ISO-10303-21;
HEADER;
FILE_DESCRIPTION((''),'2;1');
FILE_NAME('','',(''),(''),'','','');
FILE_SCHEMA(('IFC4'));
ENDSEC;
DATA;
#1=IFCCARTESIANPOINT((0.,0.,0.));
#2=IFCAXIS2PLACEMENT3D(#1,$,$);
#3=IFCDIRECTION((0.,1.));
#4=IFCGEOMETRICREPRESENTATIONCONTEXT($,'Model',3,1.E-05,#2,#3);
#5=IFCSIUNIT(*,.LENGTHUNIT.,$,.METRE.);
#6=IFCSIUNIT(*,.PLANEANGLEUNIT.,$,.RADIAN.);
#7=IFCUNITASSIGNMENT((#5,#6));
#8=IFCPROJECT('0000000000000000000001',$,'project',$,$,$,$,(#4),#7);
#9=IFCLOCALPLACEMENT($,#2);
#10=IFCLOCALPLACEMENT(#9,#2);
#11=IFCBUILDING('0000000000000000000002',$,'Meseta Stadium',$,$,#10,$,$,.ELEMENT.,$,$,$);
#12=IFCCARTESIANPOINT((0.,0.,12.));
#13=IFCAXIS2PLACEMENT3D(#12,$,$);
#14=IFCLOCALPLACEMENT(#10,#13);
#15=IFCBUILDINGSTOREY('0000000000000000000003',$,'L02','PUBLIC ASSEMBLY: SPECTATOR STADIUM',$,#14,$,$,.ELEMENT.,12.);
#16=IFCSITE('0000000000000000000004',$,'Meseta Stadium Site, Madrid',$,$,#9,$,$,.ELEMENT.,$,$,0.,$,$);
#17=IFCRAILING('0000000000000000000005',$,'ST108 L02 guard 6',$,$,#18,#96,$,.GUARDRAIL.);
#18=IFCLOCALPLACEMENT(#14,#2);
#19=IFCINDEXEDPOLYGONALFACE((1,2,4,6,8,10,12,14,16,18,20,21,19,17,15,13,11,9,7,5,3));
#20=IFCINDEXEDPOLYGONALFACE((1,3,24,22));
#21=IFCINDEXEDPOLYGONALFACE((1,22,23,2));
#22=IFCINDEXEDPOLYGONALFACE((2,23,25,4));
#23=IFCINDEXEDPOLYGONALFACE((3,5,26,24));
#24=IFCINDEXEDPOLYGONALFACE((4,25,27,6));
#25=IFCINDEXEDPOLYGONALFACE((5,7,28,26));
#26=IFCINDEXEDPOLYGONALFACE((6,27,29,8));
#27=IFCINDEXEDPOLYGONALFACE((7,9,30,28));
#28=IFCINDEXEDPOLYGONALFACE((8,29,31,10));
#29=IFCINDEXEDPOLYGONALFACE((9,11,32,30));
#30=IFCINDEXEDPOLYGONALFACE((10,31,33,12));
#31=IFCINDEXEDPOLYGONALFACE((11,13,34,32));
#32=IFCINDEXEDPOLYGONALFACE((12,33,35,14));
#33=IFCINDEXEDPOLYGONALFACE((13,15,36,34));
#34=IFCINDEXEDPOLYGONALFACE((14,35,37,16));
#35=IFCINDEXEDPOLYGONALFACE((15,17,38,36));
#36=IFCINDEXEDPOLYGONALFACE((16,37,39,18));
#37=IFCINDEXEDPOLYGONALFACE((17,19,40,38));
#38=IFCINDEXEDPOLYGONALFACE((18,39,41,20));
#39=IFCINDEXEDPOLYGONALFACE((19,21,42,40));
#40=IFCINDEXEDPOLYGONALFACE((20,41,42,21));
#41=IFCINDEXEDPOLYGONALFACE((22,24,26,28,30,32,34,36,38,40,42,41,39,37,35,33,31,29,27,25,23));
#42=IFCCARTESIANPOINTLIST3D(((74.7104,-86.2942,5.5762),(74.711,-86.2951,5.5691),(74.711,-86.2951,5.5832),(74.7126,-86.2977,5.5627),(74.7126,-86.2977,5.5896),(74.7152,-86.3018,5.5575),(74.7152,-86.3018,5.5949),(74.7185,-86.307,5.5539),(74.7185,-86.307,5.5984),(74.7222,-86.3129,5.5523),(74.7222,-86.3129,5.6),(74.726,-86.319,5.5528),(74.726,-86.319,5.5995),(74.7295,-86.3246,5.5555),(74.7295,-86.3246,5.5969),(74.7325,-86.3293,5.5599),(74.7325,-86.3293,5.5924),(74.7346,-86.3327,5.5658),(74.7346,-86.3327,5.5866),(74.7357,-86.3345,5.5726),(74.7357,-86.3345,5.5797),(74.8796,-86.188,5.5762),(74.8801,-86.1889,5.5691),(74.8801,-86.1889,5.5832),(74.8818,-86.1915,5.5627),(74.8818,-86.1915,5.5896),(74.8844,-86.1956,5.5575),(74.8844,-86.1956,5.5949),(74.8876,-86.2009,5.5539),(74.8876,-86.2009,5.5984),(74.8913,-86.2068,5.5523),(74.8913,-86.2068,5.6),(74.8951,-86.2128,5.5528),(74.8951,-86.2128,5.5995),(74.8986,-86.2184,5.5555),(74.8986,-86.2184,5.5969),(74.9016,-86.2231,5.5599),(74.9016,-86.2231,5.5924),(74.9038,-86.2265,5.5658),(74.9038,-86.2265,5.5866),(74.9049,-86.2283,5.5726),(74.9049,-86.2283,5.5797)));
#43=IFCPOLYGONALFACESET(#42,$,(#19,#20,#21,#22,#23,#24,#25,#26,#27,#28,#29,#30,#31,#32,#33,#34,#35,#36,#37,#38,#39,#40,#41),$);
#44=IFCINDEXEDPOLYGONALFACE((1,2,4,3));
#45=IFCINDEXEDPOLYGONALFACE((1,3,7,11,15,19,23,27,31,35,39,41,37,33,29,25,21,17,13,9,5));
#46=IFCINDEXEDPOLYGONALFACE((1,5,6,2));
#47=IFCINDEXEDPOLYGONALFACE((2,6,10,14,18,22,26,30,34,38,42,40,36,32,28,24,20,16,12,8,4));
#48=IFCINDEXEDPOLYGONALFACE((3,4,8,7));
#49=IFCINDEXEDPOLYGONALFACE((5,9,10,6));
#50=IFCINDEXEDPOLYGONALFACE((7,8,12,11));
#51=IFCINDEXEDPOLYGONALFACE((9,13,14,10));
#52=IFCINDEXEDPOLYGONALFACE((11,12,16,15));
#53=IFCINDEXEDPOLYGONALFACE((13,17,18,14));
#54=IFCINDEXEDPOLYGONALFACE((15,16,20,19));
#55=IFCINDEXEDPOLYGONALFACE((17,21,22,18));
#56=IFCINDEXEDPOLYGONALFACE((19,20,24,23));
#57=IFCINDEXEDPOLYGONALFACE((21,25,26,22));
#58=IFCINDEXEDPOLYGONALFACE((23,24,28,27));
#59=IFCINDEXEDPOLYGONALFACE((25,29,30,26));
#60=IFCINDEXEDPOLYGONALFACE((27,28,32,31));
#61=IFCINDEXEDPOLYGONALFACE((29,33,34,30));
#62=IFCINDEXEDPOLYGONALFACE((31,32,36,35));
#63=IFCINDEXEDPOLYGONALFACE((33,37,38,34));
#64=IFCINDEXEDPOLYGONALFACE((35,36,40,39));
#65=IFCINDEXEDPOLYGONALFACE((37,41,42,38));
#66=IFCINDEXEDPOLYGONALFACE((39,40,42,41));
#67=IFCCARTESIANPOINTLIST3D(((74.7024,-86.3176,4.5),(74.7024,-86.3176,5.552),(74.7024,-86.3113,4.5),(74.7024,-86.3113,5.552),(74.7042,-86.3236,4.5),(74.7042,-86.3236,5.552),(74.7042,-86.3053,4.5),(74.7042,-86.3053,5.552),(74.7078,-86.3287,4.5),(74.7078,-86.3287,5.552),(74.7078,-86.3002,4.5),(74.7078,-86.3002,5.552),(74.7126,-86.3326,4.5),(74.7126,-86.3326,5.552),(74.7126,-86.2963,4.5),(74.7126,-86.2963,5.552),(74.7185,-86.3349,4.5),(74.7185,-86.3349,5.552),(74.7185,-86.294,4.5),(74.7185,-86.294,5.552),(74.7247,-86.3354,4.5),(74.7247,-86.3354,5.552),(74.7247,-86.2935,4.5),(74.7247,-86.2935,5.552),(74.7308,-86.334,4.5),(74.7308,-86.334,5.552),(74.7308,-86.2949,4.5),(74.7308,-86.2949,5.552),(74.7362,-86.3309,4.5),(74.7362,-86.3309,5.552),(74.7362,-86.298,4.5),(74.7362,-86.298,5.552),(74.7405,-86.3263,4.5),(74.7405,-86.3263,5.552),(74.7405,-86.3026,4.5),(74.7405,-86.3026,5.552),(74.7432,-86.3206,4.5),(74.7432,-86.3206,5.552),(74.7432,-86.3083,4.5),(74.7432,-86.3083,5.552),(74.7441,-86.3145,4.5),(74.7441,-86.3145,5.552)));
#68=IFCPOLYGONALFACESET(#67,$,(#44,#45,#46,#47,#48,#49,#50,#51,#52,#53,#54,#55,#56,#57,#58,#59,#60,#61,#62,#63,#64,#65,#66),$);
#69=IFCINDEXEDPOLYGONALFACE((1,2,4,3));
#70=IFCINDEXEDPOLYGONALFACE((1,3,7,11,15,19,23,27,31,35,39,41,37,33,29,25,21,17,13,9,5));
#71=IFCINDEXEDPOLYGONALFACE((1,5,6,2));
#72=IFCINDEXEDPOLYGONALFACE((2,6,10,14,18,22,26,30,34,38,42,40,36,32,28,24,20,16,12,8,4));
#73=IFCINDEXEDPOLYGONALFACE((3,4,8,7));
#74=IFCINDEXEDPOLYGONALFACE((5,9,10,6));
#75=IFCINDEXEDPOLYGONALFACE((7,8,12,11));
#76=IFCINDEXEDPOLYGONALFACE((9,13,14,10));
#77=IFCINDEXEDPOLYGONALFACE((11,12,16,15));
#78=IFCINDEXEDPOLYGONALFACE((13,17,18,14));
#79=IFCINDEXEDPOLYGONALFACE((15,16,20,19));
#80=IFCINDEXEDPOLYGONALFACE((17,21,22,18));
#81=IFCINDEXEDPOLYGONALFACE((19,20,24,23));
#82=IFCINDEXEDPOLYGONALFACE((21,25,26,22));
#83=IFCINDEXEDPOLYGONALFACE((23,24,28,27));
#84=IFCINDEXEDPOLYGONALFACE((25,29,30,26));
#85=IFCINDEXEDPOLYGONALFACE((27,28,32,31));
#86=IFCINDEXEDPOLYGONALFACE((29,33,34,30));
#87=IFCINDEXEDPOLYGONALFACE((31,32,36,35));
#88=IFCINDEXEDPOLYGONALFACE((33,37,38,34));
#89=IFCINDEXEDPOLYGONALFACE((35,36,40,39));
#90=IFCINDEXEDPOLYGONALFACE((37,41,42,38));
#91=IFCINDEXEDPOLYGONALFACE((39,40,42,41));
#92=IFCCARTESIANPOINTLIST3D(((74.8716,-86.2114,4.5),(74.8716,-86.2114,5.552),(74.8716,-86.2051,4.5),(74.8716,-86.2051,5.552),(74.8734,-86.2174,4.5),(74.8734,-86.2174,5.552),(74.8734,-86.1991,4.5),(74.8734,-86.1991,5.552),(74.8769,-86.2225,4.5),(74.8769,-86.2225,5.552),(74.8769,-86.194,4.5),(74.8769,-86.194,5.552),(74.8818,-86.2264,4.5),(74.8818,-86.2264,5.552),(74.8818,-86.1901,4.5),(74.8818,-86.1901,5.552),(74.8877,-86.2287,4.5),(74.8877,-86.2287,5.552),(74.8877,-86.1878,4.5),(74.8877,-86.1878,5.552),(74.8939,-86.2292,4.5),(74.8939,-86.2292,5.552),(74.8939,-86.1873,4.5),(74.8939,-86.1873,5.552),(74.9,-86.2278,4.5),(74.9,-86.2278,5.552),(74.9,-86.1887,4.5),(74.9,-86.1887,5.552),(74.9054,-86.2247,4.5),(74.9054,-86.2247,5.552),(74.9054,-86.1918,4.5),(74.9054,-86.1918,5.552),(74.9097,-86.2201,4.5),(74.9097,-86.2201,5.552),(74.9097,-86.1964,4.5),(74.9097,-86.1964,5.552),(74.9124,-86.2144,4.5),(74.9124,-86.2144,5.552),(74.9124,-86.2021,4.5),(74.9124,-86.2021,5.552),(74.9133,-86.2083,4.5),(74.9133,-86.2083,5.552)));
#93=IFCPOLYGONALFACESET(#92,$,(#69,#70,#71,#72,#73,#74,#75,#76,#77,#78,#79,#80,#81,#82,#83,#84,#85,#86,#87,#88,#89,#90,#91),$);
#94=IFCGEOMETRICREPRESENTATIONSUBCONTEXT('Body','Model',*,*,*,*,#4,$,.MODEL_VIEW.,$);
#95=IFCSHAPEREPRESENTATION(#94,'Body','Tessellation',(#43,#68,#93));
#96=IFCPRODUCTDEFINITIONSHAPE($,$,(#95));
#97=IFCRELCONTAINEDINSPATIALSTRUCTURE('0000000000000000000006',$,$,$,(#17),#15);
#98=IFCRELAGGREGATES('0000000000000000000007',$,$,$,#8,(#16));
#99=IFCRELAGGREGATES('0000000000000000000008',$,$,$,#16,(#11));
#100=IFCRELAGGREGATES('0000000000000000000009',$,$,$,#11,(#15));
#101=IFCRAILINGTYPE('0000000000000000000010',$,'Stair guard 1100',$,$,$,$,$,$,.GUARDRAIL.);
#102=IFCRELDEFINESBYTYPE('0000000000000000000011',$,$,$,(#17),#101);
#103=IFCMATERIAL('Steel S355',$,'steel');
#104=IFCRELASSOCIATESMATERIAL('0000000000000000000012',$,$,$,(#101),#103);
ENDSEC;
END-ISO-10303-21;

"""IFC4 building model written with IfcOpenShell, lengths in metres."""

from ifc_helpers import new_model, si_unit, direction, frame, origin, origin_2d, place, context, subcontext, project, spatial, circle, extrude, material, type_object, element, save


model = new_model("IFC4")

# Units and contexts
model_context = context("Model", 3, precision=1e-05, world=origin(), true_north=direction((0.0, 1.0)))
body_context = subcontext(model_context, "Body", "Model", "MODEL_VIEW")
ifc_project = project(units=[si_unit("LENGTHUNIT", "METRE"), si_unit("PLANEANGLEUNIT", "RADIAN")], contexts=[model_context])

# Site, building, storey
site_placement = place(None, origin())
site = spatial("IfcSite", under=ifc_project, at=site_placement, Name="Meseta Stadium Site, Madrid", CompositionType="ELEMENT", RefElevation=0.0)
building_placement = place(site_placement, origin())
building = spatial("IfcBuilding", under=site, at=building_placement, Name="Meseta Stadium", CompositionType="ELEMENT")
storey_placement = place(building_placement, frame((0.0, 0.0, 12.0)))
storey = spatial("IfcBuildingStorey", under=building, at=storey_placement, Name="L02", Description="PUBLIC ASSEMBLY: SPECTATOR STADIUM", CompositionType="ELEMENT", Elevation=12.0)

# Railing
ifc_material_1 = material(Name="Steel S355", Category="steel")
railing_type_1 = type_object("IfcRailingType", Name="Stair guard 1100", PredefinedType="GUARDRAIL", material=ifc_material_1)
railing_1_placement = place(storey_placement, frame((74.7231, -86.3145, 4.5)))
element("IfcRailing", 1, at=railing_1_placement, inside=storey, type_object=railing_type_1, Name="ST108 L02 guard 6", PredefinedType="GUARDRAIL", context=body_context, shape_type="SweptSolid", body=[
    extrude(circle(Radius=0.0239, at=origin_2d()), frame((0.0, 0.0, 1.0762), z_axis=(0.846967, 0.531646, 0.0), x_axis=(-0.531646, 0.846967, 0.0)), (0.0, 0.0, 1.0), 0.1997),
    extrude(circle(Radius=0.021, at=origin_2d()), origin(), (0.0, 0.0, 1.0), 1.052),
    extrude(circle(Radius=0.021, at=origin_2d()), frame((0.1692, 0.1062, 0.0)), (0.0, 0.0, 1.0), 1.052),
])

save(model, "model.ifc")
